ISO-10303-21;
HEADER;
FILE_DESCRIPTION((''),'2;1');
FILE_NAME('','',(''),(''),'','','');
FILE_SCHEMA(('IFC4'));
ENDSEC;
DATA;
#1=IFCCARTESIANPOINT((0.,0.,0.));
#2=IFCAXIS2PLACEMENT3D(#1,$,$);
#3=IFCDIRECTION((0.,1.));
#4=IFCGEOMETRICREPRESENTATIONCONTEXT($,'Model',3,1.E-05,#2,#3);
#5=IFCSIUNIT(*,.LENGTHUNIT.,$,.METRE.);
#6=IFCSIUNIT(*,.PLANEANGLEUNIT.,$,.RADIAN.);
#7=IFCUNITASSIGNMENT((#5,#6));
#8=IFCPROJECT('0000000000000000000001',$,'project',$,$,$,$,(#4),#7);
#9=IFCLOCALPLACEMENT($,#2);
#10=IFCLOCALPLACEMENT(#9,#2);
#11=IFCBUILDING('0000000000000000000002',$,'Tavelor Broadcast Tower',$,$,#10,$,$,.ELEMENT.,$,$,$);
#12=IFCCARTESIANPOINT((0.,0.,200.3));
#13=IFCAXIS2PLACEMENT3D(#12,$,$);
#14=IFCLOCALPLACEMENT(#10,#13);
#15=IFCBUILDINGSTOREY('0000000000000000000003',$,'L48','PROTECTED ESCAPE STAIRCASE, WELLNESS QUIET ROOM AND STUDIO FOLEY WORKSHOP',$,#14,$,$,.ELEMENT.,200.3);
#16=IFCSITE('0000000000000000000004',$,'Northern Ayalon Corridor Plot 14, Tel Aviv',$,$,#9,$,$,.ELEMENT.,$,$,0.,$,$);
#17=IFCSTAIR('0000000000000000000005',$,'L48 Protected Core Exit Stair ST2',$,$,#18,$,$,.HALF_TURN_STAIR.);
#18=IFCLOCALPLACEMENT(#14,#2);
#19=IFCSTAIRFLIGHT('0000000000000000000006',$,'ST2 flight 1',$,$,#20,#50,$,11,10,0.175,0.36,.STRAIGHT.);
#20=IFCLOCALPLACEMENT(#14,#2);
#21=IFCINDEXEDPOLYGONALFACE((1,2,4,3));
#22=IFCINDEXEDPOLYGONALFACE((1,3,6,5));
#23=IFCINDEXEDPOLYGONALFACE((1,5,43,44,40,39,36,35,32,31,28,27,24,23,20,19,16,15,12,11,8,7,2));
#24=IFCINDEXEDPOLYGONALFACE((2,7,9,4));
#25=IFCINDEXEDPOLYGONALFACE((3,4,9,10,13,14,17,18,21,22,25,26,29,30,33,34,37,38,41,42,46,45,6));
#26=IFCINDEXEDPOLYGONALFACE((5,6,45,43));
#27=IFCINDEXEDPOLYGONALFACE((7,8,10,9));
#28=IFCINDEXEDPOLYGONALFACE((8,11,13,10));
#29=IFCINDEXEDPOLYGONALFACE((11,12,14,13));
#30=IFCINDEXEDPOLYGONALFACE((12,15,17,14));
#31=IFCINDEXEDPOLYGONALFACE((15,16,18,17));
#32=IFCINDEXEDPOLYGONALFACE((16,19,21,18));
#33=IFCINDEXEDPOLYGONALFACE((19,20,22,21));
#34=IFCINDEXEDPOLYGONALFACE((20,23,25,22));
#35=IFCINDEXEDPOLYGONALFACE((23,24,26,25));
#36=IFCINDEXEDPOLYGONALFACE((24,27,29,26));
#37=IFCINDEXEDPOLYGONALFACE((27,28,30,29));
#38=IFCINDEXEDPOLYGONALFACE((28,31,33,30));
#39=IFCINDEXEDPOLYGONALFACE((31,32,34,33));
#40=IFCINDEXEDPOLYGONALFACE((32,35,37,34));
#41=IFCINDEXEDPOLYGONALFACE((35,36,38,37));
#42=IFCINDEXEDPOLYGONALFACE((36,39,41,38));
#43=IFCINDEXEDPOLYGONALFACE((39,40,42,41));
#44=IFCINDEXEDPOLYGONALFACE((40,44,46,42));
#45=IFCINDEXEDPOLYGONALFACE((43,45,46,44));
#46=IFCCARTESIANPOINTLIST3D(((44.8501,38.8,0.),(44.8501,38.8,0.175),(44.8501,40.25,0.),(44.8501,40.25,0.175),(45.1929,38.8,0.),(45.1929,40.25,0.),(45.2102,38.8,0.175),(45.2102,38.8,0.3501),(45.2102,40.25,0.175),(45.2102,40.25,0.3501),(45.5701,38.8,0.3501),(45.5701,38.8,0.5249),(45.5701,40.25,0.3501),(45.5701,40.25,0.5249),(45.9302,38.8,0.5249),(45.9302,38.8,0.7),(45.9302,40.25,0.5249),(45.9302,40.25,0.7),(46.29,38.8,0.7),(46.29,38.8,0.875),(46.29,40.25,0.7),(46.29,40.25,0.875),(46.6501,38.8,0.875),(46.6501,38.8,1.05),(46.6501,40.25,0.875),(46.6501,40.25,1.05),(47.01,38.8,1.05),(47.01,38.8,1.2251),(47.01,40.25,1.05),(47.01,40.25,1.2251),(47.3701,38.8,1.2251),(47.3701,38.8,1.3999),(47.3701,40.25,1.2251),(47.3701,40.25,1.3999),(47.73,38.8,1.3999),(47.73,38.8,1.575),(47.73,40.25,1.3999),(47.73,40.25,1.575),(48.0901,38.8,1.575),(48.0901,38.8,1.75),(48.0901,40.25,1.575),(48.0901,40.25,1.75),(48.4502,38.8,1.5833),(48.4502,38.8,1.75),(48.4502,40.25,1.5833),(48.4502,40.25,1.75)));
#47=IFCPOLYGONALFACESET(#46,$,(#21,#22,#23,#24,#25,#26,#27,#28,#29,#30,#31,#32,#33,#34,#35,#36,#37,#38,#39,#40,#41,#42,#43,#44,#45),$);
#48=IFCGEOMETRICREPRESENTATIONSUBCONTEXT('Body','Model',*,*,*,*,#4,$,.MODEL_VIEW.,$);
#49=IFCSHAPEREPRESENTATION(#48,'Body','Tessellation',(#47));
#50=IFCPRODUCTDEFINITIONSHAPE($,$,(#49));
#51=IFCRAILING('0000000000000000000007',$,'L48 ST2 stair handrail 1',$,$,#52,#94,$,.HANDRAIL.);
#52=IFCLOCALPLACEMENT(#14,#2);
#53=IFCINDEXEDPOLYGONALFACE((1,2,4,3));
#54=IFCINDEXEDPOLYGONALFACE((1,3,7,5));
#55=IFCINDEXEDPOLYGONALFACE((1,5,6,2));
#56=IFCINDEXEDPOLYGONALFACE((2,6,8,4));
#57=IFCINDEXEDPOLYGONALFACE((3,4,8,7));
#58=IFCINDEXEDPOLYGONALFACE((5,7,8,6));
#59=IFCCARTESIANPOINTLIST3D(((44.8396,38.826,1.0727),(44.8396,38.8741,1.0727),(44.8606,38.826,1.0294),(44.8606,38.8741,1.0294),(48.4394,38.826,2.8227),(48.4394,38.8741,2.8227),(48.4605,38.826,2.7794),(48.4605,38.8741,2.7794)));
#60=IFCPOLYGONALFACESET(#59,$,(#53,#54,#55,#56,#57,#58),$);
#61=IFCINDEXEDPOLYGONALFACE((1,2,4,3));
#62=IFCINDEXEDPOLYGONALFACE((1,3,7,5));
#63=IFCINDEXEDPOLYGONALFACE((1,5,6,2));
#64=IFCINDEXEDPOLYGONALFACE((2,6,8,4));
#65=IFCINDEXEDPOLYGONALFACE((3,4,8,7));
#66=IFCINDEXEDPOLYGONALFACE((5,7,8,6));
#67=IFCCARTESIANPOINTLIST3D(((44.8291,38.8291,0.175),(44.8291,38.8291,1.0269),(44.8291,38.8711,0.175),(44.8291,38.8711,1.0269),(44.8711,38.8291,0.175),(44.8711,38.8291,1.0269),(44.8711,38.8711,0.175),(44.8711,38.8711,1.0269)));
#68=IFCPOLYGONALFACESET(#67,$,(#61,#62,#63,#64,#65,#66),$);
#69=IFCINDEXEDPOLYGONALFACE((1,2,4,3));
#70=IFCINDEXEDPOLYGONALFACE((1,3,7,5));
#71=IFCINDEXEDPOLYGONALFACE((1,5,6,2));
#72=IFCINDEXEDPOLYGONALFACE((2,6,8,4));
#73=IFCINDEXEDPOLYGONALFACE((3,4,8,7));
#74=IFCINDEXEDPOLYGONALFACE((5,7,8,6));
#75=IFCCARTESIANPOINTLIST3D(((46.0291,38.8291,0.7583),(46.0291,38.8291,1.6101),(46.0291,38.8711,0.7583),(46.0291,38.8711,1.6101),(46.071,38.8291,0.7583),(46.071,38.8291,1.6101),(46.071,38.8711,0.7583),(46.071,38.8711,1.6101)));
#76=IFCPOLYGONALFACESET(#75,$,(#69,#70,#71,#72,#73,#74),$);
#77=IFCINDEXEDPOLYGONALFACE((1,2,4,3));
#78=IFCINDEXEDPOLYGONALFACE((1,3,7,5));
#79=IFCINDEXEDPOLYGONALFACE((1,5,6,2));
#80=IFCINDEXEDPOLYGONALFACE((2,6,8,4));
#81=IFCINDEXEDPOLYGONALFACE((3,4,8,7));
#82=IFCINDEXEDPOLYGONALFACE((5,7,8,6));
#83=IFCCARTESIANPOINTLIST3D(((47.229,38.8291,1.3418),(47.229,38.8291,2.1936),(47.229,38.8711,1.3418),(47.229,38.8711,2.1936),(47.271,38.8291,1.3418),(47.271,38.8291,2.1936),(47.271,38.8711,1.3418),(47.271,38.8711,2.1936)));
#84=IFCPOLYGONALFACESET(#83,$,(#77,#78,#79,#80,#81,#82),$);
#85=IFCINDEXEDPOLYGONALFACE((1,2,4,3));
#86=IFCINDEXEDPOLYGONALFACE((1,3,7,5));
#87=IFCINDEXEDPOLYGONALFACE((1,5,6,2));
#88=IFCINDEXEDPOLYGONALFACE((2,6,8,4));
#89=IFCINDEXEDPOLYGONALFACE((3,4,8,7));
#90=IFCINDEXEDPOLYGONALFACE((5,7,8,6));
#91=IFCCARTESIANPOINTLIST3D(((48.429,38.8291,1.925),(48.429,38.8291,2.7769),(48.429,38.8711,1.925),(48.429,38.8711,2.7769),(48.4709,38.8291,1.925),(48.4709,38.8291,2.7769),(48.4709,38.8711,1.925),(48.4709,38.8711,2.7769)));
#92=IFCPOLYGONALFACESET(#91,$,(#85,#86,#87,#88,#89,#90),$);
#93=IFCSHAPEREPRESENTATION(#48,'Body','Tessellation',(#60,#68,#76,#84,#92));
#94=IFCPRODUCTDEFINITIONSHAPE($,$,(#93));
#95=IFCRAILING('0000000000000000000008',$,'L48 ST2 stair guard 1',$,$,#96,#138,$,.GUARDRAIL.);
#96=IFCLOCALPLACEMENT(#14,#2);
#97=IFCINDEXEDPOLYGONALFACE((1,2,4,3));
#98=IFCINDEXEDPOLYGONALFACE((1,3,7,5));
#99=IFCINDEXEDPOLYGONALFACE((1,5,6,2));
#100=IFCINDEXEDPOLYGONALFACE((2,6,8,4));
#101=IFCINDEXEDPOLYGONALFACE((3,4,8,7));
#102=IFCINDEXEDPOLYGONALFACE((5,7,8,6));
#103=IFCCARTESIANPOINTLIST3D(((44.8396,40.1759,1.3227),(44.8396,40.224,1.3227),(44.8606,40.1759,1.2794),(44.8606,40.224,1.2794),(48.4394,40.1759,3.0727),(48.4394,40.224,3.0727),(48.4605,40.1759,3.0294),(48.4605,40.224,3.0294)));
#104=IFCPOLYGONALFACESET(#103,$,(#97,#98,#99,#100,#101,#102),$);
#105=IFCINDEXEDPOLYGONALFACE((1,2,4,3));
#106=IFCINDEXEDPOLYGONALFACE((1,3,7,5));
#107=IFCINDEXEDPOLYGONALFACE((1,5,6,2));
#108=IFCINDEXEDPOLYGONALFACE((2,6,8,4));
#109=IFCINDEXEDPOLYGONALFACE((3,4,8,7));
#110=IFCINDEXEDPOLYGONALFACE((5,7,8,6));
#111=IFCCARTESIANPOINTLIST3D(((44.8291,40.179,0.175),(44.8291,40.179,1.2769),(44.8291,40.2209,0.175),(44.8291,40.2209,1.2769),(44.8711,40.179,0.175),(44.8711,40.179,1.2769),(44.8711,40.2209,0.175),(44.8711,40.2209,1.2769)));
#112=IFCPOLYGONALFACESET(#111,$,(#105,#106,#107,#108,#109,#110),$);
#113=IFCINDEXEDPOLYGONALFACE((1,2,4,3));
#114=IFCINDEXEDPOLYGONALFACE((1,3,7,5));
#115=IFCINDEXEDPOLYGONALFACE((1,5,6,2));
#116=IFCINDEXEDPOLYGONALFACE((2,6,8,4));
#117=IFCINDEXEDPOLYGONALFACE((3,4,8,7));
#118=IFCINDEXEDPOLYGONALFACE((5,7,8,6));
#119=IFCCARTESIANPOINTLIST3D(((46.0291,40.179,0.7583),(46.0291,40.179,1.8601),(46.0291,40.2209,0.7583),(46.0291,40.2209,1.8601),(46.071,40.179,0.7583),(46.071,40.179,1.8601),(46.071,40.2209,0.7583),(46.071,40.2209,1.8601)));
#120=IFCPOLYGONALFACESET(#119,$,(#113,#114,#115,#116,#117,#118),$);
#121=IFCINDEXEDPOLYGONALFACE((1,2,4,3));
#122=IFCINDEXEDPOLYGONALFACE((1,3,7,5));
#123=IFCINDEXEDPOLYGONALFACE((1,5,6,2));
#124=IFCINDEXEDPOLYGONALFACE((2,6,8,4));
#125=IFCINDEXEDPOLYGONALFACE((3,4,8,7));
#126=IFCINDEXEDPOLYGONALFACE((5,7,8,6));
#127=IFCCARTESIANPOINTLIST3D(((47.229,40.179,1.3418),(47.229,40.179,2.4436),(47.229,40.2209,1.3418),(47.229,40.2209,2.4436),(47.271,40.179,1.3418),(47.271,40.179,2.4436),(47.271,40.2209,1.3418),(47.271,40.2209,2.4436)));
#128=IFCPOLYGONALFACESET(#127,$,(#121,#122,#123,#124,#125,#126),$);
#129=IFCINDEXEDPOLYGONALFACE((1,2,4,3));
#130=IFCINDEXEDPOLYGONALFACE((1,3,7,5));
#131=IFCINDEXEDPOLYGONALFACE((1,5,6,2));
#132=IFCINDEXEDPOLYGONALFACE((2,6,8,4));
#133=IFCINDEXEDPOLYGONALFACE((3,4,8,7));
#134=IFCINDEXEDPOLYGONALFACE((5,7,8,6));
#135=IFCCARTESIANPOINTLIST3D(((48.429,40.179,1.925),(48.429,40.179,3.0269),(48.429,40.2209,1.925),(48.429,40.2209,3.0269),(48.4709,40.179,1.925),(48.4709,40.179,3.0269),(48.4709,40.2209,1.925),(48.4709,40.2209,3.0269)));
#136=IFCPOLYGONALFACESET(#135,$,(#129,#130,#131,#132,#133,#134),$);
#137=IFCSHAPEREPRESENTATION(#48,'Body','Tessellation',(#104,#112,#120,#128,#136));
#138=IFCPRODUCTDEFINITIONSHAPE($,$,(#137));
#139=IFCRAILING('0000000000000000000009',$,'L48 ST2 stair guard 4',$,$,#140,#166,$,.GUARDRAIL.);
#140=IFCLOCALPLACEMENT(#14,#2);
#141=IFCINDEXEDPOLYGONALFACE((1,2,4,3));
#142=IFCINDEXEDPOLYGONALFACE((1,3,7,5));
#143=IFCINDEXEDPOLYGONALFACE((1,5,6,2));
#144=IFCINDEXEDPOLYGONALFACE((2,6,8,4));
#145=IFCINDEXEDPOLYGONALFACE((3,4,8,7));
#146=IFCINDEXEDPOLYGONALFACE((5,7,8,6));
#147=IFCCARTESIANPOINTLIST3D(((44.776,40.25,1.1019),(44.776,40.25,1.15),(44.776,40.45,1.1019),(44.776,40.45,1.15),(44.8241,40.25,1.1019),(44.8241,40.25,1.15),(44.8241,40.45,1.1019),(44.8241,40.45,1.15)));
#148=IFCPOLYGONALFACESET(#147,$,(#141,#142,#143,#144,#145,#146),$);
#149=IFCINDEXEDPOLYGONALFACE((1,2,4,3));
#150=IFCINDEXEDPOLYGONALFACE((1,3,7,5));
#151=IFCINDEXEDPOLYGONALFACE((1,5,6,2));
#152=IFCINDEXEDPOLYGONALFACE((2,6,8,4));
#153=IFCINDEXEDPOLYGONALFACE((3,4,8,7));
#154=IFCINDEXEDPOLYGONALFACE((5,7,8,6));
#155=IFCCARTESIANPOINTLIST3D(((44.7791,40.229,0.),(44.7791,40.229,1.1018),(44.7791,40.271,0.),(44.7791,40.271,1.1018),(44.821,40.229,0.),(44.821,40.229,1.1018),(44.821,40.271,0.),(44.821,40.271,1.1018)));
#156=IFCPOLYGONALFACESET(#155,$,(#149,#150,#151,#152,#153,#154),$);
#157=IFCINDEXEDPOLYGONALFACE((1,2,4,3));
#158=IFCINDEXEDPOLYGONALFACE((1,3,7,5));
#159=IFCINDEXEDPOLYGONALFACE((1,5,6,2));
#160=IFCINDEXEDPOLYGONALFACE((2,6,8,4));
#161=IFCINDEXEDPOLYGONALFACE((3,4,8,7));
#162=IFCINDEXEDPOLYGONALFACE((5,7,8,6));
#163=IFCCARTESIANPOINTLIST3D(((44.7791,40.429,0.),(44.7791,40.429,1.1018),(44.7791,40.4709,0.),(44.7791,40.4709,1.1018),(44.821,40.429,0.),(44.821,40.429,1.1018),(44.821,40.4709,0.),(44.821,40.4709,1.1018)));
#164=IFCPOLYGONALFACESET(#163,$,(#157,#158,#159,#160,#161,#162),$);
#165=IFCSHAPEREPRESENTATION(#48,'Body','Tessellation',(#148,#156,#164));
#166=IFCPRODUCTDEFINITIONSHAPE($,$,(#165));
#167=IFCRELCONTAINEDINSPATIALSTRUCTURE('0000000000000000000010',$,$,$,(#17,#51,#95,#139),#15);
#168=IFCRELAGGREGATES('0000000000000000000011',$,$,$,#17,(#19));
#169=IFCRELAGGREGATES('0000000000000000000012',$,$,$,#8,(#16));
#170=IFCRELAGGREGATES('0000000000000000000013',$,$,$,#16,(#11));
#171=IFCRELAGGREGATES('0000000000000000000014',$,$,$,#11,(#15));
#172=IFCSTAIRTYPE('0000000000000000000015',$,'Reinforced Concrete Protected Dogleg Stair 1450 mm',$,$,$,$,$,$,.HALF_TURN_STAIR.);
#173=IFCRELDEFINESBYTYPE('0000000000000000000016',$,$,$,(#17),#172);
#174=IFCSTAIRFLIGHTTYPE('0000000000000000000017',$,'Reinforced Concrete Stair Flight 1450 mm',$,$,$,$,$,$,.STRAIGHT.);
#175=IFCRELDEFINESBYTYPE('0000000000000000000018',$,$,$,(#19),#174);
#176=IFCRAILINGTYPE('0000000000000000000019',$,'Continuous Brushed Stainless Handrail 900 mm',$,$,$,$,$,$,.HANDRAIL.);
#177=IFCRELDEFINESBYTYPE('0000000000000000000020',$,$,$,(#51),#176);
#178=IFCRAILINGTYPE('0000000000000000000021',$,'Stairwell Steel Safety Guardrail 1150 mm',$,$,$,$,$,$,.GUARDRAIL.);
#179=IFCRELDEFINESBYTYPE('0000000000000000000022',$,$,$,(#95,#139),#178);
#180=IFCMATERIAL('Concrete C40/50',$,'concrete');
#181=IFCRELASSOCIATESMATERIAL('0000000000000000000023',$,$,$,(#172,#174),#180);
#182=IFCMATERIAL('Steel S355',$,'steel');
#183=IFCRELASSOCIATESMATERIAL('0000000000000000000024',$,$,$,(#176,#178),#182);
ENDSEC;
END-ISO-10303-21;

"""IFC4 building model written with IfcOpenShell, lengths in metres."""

from ifc_helpers import new_model, si_unit, direction, frame, origin, origin_2d, place, context, subcontext, project, spatial, polyline, rectangle, outline, extrude, material, type_object, element, aggregate, save


model = new_model("IFC4")

# Units and contexts
model_context = context("Model", 3, precision=1e-05, world=origin(), true_north=direction((0.0, 1.0)))
body_context = subcontext(model_context, "Body", "Model", "MODEL_VIEW")
ifc_project = project(units=[si_unit("LENGTHUNIT", "METRE"), si_unit("PLANEANGLEUNIT", "RADIAN")], contexts=[model_context])

# Site, building, storey
site_placement = place(None, origin())
site = spatial("IfcSite", under=ifc_project, at=site_placement, Name="Northern Ayalon Corridor Plot 14, Tel Aviv", CompositionType="ELEMENT", RefElevation=0.0)
building_placement = place(site_placement, origin())
building = spatial("IfcBuilding", under=site, at=building_placement, Name="Tavelor Broadcast Tower", CompositionType="ELEMENT")
storey_placement = place(building_placement, frame((0.0, 0.0, 200.3)))
storey = spatial("IfcBuildingStorey", under=building, at=storey_placement, Name="L48", Description="PROTECTED ESCAPE STAIRCASE, WELLNESS QUIET ROOM AND STUDIO FOLEY WORKSHOP", CompositionType="ELEMENT", Elevation=200.3)

# Shared definitions
ifc_material_1 = material(Name="Concrete C40/50", Category="concrete")
ifc_material_2 = material(Name="Steel S355", Category="steel")

# Stair, stair flight
stair_type = type_object("IfcStairType", Name="Reinforced Concrete Protected Dogleg Stair 1450 mm", PredefinedType="HALF_TURN_STAIR", material=ifc_material_1)
stair_placement = place(storey_placement, origin())
stair = element("IfcStair", 1, at=stair_placement, inside=storey, type_object=stair_type, Name="L48 Protected Core Exit Stair ST2", PredefinedType="HALF_TURN_STAIR")
stair_flight_type = type_object("IfcStairFlightType", Name="Reinforced Concrete Stair Flight 1450 mm", PredefinedType="STRAIGHT", material=ifc_material_1)
stair_flight_placement = place(storey_placement, frame((44.8501, 39.5249, 0.0), z_axis=(0.0, 0.0, 1.0), x_axis=(1.0, 0.0, 0.0)))
stair_flight = element("IfcStairFlight", 2, at=stair_flight_placement, type_object=stair_flight_type, Name="ST2 flight 1", NumberOfRisers=11, NumberOfTreads=10, PredefinedType="STRAIGHT", RiserHeight=0.175, TreadLength=0.36, context=body_context, shape_type="SweptSolid", body=[
    extrude(outline(polyline([(0.0, 0.0), (0.0, 0.175), (0.3601, 0.175), (0.3601, 0.3501), (0.72, 0.3501), (0.72, 0.5249), (1.0801, 0.5249), (1.0801, 0.7), (1.4399, 0.7), (1.4399, 0.875), (1.8, 0.875), (1.8, 1.05), (2.1599, 1.05), (2.1599, 1.2251), (2.52, 1.2251), (2.52, 1.3999), (2.8799, 1.3999), (2.8799, 1.575), (3.24, 1.575), (3.24, 1.75), (3.6001, 1.75), (3.6001, 1.925), (3.6001, 1.5833), (0.3428, 0.0), (0.0, 0.0)])), frame((0.0, 0.7251, 0.0), z_axis=(0.0, -1.0, 0.0), x_axis=(1.0, 0.0, 0.0)), (0.0, 0.0, 1.0), 1.45),
])
aggregate(stair, [stair_flight])

# Railings
railing_type_1 = type_object("IfcRailingType", Name="Continuous Brushed Stainless Handrail 900 mm", PredefinedType="HANDRAIL", material=ifc_material_2)
railing_1_placement = place(storey_placement, frame((44.8501, 38.8501, 0.175)))
element("IfcRailing", 3, at=railing_1_placement, inside=storey, type_object=railing_type_1, Name="L48 ST2 stair handrail 1", PredefinedType="HANDRAIL", context=body_context, shape_type="SweptSolid", body=[
    extrude(rectangle(XDim=0.0481, YDim=0.0481, at=origin_2d()), frame((0.0, 0.0, 0.876), z_axis=(0.899361, 0.0, 0.437207), x_axis=(0.0, 1.0, 0.0)), (0.0, 0.0, 1.0), 4.0027),
    extrude(rectangle(XDim=0.042, YDim=0.042, at=origin_2d()), origin(), (0.0, 0.0, 1.0), 0.8518),
    extrude(rectangle(XDim=0.042, YDim=0.042, at=origin_2d()), frame((1.2, 0.0, 0.5833)), (0.0, 0.0, 1.0), 0.8518),
    extrude(rectangle(XDim=0.042, YDim=0.042, at=origin_2d()), frame((2.3999, 0.0, 1.1667)), (0.0, 0.0, 1.0), 0.8518),
    extrude(rectangle(XDim=0.042, YDim=0.042, at=origin_2d()), frame((3.5999, 0.0, 1.75)), (0.0, 0.0, 1.0), 0.8518),
])
railing_type_2 = type_object("IfcRailingType", Name="Stairwell Steel Safety Guardrail 1150 mm", PredefinedType="GUARDRAIL", material=ifc_material_2)
railing_2_placement = place(storey_placement, frame((44.8501, 40.2, 0.175)))
element("IfcRailing", 4, at=railing_2_placement, inside=storey, type_object=railing_type_2, Name="L48 ST2 stair guard 1", PredefinedType="GUARDRAIL", context=body_context, shape_type="SweptSolid", body=[
    extrude(rectangle(XDim=0.0481, YDim=0.0481, at=origin_2d()), frame((0.0, 0.0, 1.126), z_axis=(0.899361, 0.0, 0.437207), x_axis=(0.0, 1.0, 0.0)), (0.0, 0.0, 1.0), 4.0027),
    extrude(rectangle(XDim=0.042, YDim=0.042, at=origin_2d()), origin(), (0.0, 0.0, 1.0), 1.1018),
    extrude(rectangle(XDim=0.042, YDim=0.042, at=origin_2d()), frame((1.2, 0.0, 0.5833)), (0.0, 0.0, 1.0), 1.1018),
    extrude(rectangle(XDim=0.042, YDim=0.042, at=origin_2d()), frame((2.3999, 0.0, 1.1667)), (0.0, 0.0, 1.0), 1.1018),
    extrude(rectangle(XDim=0.042, YDim=0.042, at=origin_2d()), frame((3.5999, 0.0, 1.75)), (0.0, 0.0, 1.0), 1.1018),
])
railing_3_placement = place(storey_placement, frame((44.8, 40.25, 0.0)))
element("IfcRailing", 5, at=railing_3_placement, inside=storey, type_object=railing_type_2, Name="L48 ST2 stair guard 4", PredefinedType="GUARDRAIL", context=body_context, shape_type="SweptSolid", body=[
    extrude(rectangle(XDim=0.0481, YDim=0.0481, at=origin_2d()), frame((0.0, 0.0, 1.126), z_axis=(0.0, 1.0, 0.0), x_axis=(-1.0, 0.0, 0.0)), (0.0, 0.0, 1.0), 0.2),
    extrude(rectangle(XDim=0.042, YDim=0.042, at=origin_2d()), origin(), (0.0, 0.0, 1.0), 1.1018),
    extrude(rectangle(XDim=0.042, YDim=0.042, at=origin_2d()), frame((0.0, 0.2, 0.0)), (0.0, 0.0, 1.0), 1.1018),
])

save(model, "model.ifc")
